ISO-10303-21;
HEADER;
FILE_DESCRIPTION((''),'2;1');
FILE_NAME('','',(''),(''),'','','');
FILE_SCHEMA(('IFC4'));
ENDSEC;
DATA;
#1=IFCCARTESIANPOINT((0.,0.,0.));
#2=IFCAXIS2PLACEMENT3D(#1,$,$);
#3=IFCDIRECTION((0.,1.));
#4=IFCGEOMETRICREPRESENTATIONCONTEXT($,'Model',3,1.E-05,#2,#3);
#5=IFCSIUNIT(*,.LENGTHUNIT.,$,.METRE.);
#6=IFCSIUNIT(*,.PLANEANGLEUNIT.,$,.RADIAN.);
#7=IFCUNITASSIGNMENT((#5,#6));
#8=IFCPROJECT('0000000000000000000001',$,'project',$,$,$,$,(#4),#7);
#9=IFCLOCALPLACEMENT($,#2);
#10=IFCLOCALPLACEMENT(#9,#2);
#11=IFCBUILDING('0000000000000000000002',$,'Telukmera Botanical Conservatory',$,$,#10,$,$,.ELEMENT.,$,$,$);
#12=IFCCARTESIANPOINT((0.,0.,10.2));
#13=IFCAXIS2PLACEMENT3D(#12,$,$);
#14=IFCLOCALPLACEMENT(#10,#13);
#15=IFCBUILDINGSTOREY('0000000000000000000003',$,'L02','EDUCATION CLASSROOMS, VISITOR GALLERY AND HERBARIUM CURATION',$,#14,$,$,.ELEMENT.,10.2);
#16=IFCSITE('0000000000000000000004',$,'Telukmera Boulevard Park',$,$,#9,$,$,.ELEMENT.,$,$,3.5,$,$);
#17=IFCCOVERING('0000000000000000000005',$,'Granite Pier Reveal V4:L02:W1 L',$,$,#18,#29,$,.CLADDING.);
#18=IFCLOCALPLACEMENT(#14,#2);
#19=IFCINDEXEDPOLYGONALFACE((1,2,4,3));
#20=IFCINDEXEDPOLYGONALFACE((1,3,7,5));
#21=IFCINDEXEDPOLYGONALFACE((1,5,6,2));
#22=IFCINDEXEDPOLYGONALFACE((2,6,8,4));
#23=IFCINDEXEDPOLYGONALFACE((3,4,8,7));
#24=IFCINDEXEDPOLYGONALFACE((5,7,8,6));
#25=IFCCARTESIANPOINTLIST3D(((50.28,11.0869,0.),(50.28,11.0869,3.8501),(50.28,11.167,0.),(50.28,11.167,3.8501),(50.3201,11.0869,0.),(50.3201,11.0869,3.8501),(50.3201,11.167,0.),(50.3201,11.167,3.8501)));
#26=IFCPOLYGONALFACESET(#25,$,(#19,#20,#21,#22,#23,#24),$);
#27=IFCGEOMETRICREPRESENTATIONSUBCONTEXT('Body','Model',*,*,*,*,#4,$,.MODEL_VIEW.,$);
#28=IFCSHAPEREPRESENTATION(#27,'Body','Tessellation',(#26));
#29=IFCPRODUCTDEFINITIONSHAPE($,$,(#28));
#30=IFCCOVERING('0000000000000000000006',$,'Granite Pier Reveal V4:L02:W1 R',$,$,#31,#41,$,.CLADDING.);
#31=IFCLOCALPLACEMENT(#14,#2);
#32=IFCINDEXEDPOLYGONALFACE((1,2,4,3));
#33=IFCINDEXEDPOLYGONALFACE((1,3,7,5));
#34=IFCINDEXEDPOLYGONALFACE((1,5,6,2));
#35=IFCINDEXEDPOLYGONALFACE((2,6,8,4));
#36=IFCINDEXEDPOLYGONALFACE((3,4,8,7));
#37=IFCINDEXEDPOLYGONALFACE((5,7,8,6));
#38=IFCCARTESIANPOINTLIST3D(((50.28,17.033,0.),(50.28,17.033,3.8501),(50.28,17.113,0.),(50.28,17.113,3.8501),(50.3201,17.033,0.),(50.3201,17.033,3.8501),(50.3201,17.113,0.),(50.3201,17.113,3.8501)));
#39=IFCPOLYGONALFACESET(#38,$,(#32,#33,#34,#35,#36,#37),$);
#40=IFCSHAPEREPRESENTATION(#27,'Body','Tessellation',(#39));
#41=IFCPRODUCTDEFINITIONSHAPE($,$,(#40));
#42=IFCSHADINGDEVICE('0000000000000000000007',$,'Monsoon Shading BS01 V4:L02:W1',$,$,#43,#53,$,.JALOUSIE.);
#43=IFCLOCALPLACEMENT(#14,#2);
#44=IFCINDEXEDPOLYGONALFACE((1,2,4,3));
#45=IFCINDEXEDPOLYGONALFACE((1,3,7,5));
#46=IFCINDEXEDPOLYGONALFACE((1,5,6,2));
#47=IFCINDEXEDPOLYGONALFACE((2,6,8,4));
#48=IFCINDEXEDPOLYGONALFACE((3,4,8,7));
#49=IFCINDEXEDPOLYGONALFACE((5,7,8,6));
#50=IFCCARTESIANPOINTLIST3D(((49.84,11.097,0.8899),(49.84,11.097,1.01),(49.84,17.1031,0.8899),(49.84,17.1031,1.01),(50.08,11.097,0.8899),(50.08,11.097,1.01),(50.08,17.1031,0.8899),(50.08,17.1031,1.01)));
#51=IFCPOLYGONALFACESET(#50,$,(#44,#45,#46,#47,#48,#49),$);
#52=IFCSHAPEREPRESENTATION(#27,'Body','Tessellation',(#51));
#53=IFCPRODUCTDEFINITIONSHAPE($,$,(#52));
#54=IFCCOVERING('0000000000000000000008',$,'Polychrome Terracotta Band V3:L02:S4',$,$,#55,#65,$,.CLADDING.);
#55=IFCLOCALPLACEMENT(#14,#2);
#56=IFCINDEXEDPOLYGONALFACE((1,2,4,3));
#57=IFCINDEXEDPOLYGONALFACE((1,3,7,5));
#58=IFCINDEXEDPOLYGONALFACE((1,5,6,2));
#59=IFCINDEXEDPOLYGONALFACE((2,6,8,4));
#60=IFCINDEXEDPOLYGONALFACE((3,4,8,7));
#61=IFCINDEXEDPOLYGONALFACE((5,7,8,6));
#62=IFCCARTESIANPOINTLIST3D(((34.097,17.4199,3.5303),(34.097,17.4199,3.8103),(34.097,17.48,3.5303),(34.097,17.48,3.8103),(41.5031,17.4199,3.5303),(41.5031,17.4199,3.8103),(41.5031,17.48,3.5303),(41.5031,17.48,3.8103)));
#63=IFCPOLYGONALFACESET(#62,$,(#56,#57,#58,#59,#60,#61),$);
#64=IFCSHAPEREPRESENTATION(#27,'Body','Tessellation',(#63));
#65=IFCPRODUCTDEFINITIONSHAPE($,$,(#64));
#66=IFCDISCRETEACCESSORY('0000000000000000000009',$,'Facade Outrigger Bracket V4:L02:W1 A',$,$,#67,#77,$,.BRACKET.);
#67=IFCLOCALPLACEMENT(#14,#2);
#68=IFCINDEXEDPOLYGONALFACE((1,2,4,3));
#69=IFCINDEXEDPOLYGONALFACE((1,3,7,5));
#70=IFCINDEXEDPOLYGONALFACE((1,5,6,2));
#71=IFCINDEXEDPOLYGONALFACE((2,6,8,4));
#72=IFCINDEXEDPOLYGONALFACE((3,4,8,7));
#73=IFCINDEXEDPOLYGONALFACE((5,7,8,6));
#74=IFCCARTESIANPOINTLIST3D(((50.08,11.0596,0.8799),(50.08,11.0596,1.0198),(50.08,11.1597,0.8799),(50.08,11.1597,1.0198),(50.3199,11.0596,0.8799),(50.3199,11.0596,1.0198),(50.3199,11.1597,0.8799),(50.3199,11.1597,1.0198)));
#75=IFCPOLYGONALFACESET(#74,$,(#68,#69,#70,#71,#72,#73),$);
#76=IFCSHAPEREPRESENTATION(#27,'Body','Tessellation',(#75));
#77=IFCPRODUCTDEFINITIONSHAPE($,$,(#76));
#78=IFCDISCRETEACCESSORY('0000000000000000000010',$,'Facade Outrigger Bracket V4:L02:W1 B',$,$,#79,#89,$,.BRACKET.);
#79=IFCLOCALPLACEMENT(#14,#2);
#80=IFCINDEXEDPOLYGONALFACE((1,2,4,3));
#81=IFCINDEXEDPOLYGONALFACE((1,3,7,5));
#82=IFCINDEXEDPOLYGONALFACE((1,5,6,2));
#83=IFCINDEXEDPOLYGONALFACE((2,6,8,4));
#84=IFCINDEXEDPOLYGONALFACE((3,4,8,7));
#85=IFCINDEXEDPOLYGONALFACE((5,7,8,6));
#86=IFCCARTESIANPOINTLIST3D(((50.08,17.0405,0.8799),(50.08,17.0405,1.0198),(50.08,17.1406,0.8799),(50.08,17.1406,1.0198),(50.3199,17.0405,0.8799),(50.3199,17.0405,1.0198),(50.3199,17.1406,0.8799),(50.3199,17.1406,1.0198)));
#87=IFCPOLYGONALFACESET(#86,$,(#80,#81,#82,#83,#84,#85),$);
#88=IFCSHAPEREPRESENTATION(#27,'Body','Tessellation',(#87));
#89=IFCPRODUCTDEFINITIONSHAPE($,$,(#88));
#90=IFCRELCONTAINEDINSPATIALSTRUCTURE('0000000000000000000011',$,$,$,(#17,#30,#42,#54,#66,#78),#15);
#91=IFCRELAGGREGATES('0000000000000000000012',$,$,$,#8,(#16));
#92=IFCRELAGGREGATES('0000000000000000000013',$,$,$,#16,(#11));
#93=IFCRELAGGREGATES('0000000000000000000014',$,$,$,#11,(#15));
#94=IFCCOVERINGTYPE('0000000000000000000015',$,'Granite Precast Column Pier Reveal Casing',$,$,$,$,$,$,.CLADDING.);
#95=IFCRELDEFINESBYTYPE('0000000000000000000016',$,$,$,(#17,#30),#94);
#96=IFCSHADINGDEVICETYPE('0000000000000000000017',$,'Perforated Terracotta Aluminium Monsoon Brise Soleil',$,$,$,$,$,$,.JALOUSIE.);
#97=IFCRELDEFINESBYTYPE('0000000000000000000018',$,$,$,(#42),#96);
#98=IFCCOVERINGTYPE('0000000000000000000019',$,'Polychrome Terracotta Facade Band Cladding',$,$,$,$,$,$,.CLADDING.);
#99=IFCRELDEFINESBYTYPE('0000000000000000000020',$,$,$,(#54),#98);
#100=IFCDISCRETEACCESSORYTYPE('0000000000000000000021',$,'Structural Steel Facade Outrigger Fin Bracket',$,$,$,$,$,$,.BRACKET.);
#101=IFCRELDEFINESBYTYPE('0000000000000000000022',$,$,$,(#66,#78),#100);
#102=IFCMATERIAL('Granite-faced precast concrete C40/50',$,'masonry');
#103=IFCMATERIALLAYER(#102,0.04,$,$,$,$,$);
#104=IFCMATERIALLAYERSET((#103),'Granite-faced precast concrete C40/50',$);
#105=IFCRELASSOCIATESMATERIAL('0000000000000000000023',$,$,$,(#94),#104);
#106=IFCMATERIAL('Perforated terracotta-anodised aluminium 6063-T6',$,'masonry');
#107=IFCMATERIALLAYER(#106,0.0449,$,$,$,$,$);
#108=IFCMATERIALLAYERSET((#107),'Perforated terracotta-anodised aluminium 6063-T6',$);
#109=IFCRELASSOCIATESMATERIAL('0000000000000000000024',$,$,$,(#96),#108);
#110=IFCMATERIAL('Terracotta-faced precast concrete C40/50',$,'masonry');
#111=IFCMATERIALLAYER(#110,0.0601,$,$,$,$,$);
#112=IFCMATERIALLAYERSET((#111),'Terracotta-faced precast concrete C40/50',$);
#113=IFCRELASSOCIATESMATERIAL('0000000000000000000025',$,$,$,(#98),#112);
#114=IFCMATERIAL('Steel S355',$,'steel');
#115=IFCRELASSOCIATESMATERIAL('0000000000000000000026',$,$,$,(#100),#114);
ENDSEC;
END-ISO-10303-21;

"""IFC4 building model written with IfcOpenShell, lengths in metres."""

from ifc_helpers import new_model, si_unit, direction, frame, origin, origin_2d, place, context, subcontext, project, spatial, rectangle, extrude, material, layer, layer_set, type_object, element, save


model = new_model("IFC4")

# Units and contexts
model_context = context("Model", 3, precision=1e-05, world=origin(), true_north=direction((0.0, 1.0)))
body_context = subcontext(model_context, "Body", "Model", "MODEL_VIEW")
ifc_project = project(units=[si_unit("LENGTHUNIT", "METRE"), si_unit("PLANEANGLEUNIT", "RADIAN")], contexts=[model_context])

# Site, building, storey
site_placement = place(None, origin())
site = spatial("IfcSite", under=ifc_project, at=site_placement, Name="Telukmera Boulevard Park", CompositionType="ELEMENT", RefElevation=3.5)
building_placement = place(site_placement, origin())
building = spatial("IfcBuilding", under=site, at=building_placement, Name="Telukmera Botanical Conservatory", CompositionType="ELEMENT")
storey_placement = place(building_placement, frame((0.0, 0.0, 10.2)))
storey = spatial("IfcBuildingStorey", under=building, at=storey_placement, Name="L02", Description="EDUCATION CLASSROOMS, VISITOR GALLERY AND HERBARIUM CURATION", CompositionType="ELEMENT", Elevation=10.2)

# Shared definitions
ifc_material_1 = material(Name="Terracotta-faced precast concrete C40/50", Category="masonry")

# Coverings
ifc_material_2 = material(Name="Granite-faced precast concrete C40/50", Category="masonry")
ifc_layer_1 = layer(ifc_material_2, 0.04)
ifc_layer_set_1 = layer_set([ifc_layer_1], Name="Granite-faced precast concrete C40/50")
covering_type_1 = type_object("IfcCoveringType", Name="Granite Precast Column Pier Reveal Casing", PredefinedType="CLADDING", material=ifc_layer_set_1)
for number, where, z_axis, x_axis, name in (
    (1, (50.3, 11.127, 0.0), (0.0, 0.0, 1.0), (0.0, 1.0, 0.0), "Granite Pier Reveal V4:L02:W1 L"),
    (2, (50.3, 17.073, 0.0), (0.0, 0.0, 1.0), (0.0, 1.0, 0.0), "Granite Pier Reveal V4:L02:W1 R"),
):
    element("IfcCovering", number, at=place(storey_placement, frame(where, z_axis=z_axis, x_axis=x_axis)), inside=storey, type_object=covering_type_1, Name=name, PredefinedType="CLADDING", context=body_context, shape_type="SweptSolid", body=[
        extrude(rectangle(XDim=0.0801, YDim=0.04, at=origin_2d()), origin(), (0.0, 0.0, 1.0), 3.8501),
    ])

# Shading device
ifc_material_3 = material(Name="Perforated terracotta-anodised aluminium 6063-T6", Category="masonry")
ifc_layer_2 = layer(ifc_material_3, 0.0449)
ifc_layer_set_2 = layer_set([ifc_layer_2], Name="Perforated terracotta-anodised aluminium 6063-T6")
shading_device_type = type_object("IfcShadingDeviceType", Name="Perforated Terracotta Aluminium Monsoon Brise Soleil", PredefinedType="JALOUSIE", material=ifc_layer_set_2)
shading_device_placement = place(storey_placement, frame((49.96, 14.1001, 0.8899), z_axis=(0.0, 0.0, 1.0), x_axis=(0.0, 1.0, 0.0)))
element("IfcShadingDevice", 3, at=shading_device_placement, inside=storey, type_object=shading_device_type, Name="Monsoon Shading BS01 V4:L02:W1", PredefinedType="JALOUSIE", context=body_context, shape_type="SweptSolid", body=[
    extrude(rectangle(XDim=6.0061, YDim=0.24, at=origin_2d()), origin(), (0.0, 0.0, 1.0), 0.1201),
])

# Covering
ifc_layer_3 = layer(ifc_material_1, 0.0601)
ifc_layer_set_3 = layer_set([ifc_layer_3], Name="Terracotta-faced precast concrete C40/50")
covering_type_2 = type_object("IfcCoveringType", Name="Polychrome Terracotta Facade Band Cladding", PredefinedType="CLADDING", material=ifc_layer_set_3)
covering_placement = place(storey_placement, frame((37.8, 17.45, 3.5303), z_axis=(0.0, 0.0, 1.0), x_axis=(1.0, 0.0, 0.0)))
element("IfcCovering", 4, at=covering_placement, inside=storey, type_object=covering_type_2, Name="Polychrome Terracotta Band V3:L02:S4", PredefinedType="CLADDING", context=body_context, shape_type="SweptSolid", body=[
    extrude(rectangle(XDim=7.406, YDim=0.0601, at=origin_2d()), origin(), (0.0, 0.0, 1.0), 0.28),
])

# Discrete accessories
ifc_material_4 = material(Name="Steel S355", Category="steel")
discrete_accessory_type = type_object("IfcDiscreteAccessoryType", Name="Structural Steel Facade Outrigger Fin Bracket", PredefinedType="BRACKET", material=ifc_material_4)
for number, where, z_axis, x_axis, name in (
    (5, (50.2, 11.1096, 0.8799), (0.0, 0.0, 1.0), (0.0, 1.0, 0.0), "Facade Outrigger Bracket V4:L02:W1 A"),
    (6, (50.2, 17.0906, 0.8799), (0.0, 0.0, 1.0), (0.0, 1.0, 0.0), "Facade Outrigger Bracket V4:L02:W1 B"),
):
    element("IfcDiscreteAccessory", number, at=place(storey_placement, frame(where, z_axis=z_axis, x_axis=x_axis)), inside=storey, type_object=discrete_accessory_type, Name=name, PredefinedType="BRACKET", context=body_context, shape_type="SweptSolid", body=[
        extrude(rectangle(XDim=0.1001, YDim=0.24, at=origin_2d()), origin(), (0.0, 0.0, 1.0), 0.1399),
    ])

save(model, "model.ifc")
